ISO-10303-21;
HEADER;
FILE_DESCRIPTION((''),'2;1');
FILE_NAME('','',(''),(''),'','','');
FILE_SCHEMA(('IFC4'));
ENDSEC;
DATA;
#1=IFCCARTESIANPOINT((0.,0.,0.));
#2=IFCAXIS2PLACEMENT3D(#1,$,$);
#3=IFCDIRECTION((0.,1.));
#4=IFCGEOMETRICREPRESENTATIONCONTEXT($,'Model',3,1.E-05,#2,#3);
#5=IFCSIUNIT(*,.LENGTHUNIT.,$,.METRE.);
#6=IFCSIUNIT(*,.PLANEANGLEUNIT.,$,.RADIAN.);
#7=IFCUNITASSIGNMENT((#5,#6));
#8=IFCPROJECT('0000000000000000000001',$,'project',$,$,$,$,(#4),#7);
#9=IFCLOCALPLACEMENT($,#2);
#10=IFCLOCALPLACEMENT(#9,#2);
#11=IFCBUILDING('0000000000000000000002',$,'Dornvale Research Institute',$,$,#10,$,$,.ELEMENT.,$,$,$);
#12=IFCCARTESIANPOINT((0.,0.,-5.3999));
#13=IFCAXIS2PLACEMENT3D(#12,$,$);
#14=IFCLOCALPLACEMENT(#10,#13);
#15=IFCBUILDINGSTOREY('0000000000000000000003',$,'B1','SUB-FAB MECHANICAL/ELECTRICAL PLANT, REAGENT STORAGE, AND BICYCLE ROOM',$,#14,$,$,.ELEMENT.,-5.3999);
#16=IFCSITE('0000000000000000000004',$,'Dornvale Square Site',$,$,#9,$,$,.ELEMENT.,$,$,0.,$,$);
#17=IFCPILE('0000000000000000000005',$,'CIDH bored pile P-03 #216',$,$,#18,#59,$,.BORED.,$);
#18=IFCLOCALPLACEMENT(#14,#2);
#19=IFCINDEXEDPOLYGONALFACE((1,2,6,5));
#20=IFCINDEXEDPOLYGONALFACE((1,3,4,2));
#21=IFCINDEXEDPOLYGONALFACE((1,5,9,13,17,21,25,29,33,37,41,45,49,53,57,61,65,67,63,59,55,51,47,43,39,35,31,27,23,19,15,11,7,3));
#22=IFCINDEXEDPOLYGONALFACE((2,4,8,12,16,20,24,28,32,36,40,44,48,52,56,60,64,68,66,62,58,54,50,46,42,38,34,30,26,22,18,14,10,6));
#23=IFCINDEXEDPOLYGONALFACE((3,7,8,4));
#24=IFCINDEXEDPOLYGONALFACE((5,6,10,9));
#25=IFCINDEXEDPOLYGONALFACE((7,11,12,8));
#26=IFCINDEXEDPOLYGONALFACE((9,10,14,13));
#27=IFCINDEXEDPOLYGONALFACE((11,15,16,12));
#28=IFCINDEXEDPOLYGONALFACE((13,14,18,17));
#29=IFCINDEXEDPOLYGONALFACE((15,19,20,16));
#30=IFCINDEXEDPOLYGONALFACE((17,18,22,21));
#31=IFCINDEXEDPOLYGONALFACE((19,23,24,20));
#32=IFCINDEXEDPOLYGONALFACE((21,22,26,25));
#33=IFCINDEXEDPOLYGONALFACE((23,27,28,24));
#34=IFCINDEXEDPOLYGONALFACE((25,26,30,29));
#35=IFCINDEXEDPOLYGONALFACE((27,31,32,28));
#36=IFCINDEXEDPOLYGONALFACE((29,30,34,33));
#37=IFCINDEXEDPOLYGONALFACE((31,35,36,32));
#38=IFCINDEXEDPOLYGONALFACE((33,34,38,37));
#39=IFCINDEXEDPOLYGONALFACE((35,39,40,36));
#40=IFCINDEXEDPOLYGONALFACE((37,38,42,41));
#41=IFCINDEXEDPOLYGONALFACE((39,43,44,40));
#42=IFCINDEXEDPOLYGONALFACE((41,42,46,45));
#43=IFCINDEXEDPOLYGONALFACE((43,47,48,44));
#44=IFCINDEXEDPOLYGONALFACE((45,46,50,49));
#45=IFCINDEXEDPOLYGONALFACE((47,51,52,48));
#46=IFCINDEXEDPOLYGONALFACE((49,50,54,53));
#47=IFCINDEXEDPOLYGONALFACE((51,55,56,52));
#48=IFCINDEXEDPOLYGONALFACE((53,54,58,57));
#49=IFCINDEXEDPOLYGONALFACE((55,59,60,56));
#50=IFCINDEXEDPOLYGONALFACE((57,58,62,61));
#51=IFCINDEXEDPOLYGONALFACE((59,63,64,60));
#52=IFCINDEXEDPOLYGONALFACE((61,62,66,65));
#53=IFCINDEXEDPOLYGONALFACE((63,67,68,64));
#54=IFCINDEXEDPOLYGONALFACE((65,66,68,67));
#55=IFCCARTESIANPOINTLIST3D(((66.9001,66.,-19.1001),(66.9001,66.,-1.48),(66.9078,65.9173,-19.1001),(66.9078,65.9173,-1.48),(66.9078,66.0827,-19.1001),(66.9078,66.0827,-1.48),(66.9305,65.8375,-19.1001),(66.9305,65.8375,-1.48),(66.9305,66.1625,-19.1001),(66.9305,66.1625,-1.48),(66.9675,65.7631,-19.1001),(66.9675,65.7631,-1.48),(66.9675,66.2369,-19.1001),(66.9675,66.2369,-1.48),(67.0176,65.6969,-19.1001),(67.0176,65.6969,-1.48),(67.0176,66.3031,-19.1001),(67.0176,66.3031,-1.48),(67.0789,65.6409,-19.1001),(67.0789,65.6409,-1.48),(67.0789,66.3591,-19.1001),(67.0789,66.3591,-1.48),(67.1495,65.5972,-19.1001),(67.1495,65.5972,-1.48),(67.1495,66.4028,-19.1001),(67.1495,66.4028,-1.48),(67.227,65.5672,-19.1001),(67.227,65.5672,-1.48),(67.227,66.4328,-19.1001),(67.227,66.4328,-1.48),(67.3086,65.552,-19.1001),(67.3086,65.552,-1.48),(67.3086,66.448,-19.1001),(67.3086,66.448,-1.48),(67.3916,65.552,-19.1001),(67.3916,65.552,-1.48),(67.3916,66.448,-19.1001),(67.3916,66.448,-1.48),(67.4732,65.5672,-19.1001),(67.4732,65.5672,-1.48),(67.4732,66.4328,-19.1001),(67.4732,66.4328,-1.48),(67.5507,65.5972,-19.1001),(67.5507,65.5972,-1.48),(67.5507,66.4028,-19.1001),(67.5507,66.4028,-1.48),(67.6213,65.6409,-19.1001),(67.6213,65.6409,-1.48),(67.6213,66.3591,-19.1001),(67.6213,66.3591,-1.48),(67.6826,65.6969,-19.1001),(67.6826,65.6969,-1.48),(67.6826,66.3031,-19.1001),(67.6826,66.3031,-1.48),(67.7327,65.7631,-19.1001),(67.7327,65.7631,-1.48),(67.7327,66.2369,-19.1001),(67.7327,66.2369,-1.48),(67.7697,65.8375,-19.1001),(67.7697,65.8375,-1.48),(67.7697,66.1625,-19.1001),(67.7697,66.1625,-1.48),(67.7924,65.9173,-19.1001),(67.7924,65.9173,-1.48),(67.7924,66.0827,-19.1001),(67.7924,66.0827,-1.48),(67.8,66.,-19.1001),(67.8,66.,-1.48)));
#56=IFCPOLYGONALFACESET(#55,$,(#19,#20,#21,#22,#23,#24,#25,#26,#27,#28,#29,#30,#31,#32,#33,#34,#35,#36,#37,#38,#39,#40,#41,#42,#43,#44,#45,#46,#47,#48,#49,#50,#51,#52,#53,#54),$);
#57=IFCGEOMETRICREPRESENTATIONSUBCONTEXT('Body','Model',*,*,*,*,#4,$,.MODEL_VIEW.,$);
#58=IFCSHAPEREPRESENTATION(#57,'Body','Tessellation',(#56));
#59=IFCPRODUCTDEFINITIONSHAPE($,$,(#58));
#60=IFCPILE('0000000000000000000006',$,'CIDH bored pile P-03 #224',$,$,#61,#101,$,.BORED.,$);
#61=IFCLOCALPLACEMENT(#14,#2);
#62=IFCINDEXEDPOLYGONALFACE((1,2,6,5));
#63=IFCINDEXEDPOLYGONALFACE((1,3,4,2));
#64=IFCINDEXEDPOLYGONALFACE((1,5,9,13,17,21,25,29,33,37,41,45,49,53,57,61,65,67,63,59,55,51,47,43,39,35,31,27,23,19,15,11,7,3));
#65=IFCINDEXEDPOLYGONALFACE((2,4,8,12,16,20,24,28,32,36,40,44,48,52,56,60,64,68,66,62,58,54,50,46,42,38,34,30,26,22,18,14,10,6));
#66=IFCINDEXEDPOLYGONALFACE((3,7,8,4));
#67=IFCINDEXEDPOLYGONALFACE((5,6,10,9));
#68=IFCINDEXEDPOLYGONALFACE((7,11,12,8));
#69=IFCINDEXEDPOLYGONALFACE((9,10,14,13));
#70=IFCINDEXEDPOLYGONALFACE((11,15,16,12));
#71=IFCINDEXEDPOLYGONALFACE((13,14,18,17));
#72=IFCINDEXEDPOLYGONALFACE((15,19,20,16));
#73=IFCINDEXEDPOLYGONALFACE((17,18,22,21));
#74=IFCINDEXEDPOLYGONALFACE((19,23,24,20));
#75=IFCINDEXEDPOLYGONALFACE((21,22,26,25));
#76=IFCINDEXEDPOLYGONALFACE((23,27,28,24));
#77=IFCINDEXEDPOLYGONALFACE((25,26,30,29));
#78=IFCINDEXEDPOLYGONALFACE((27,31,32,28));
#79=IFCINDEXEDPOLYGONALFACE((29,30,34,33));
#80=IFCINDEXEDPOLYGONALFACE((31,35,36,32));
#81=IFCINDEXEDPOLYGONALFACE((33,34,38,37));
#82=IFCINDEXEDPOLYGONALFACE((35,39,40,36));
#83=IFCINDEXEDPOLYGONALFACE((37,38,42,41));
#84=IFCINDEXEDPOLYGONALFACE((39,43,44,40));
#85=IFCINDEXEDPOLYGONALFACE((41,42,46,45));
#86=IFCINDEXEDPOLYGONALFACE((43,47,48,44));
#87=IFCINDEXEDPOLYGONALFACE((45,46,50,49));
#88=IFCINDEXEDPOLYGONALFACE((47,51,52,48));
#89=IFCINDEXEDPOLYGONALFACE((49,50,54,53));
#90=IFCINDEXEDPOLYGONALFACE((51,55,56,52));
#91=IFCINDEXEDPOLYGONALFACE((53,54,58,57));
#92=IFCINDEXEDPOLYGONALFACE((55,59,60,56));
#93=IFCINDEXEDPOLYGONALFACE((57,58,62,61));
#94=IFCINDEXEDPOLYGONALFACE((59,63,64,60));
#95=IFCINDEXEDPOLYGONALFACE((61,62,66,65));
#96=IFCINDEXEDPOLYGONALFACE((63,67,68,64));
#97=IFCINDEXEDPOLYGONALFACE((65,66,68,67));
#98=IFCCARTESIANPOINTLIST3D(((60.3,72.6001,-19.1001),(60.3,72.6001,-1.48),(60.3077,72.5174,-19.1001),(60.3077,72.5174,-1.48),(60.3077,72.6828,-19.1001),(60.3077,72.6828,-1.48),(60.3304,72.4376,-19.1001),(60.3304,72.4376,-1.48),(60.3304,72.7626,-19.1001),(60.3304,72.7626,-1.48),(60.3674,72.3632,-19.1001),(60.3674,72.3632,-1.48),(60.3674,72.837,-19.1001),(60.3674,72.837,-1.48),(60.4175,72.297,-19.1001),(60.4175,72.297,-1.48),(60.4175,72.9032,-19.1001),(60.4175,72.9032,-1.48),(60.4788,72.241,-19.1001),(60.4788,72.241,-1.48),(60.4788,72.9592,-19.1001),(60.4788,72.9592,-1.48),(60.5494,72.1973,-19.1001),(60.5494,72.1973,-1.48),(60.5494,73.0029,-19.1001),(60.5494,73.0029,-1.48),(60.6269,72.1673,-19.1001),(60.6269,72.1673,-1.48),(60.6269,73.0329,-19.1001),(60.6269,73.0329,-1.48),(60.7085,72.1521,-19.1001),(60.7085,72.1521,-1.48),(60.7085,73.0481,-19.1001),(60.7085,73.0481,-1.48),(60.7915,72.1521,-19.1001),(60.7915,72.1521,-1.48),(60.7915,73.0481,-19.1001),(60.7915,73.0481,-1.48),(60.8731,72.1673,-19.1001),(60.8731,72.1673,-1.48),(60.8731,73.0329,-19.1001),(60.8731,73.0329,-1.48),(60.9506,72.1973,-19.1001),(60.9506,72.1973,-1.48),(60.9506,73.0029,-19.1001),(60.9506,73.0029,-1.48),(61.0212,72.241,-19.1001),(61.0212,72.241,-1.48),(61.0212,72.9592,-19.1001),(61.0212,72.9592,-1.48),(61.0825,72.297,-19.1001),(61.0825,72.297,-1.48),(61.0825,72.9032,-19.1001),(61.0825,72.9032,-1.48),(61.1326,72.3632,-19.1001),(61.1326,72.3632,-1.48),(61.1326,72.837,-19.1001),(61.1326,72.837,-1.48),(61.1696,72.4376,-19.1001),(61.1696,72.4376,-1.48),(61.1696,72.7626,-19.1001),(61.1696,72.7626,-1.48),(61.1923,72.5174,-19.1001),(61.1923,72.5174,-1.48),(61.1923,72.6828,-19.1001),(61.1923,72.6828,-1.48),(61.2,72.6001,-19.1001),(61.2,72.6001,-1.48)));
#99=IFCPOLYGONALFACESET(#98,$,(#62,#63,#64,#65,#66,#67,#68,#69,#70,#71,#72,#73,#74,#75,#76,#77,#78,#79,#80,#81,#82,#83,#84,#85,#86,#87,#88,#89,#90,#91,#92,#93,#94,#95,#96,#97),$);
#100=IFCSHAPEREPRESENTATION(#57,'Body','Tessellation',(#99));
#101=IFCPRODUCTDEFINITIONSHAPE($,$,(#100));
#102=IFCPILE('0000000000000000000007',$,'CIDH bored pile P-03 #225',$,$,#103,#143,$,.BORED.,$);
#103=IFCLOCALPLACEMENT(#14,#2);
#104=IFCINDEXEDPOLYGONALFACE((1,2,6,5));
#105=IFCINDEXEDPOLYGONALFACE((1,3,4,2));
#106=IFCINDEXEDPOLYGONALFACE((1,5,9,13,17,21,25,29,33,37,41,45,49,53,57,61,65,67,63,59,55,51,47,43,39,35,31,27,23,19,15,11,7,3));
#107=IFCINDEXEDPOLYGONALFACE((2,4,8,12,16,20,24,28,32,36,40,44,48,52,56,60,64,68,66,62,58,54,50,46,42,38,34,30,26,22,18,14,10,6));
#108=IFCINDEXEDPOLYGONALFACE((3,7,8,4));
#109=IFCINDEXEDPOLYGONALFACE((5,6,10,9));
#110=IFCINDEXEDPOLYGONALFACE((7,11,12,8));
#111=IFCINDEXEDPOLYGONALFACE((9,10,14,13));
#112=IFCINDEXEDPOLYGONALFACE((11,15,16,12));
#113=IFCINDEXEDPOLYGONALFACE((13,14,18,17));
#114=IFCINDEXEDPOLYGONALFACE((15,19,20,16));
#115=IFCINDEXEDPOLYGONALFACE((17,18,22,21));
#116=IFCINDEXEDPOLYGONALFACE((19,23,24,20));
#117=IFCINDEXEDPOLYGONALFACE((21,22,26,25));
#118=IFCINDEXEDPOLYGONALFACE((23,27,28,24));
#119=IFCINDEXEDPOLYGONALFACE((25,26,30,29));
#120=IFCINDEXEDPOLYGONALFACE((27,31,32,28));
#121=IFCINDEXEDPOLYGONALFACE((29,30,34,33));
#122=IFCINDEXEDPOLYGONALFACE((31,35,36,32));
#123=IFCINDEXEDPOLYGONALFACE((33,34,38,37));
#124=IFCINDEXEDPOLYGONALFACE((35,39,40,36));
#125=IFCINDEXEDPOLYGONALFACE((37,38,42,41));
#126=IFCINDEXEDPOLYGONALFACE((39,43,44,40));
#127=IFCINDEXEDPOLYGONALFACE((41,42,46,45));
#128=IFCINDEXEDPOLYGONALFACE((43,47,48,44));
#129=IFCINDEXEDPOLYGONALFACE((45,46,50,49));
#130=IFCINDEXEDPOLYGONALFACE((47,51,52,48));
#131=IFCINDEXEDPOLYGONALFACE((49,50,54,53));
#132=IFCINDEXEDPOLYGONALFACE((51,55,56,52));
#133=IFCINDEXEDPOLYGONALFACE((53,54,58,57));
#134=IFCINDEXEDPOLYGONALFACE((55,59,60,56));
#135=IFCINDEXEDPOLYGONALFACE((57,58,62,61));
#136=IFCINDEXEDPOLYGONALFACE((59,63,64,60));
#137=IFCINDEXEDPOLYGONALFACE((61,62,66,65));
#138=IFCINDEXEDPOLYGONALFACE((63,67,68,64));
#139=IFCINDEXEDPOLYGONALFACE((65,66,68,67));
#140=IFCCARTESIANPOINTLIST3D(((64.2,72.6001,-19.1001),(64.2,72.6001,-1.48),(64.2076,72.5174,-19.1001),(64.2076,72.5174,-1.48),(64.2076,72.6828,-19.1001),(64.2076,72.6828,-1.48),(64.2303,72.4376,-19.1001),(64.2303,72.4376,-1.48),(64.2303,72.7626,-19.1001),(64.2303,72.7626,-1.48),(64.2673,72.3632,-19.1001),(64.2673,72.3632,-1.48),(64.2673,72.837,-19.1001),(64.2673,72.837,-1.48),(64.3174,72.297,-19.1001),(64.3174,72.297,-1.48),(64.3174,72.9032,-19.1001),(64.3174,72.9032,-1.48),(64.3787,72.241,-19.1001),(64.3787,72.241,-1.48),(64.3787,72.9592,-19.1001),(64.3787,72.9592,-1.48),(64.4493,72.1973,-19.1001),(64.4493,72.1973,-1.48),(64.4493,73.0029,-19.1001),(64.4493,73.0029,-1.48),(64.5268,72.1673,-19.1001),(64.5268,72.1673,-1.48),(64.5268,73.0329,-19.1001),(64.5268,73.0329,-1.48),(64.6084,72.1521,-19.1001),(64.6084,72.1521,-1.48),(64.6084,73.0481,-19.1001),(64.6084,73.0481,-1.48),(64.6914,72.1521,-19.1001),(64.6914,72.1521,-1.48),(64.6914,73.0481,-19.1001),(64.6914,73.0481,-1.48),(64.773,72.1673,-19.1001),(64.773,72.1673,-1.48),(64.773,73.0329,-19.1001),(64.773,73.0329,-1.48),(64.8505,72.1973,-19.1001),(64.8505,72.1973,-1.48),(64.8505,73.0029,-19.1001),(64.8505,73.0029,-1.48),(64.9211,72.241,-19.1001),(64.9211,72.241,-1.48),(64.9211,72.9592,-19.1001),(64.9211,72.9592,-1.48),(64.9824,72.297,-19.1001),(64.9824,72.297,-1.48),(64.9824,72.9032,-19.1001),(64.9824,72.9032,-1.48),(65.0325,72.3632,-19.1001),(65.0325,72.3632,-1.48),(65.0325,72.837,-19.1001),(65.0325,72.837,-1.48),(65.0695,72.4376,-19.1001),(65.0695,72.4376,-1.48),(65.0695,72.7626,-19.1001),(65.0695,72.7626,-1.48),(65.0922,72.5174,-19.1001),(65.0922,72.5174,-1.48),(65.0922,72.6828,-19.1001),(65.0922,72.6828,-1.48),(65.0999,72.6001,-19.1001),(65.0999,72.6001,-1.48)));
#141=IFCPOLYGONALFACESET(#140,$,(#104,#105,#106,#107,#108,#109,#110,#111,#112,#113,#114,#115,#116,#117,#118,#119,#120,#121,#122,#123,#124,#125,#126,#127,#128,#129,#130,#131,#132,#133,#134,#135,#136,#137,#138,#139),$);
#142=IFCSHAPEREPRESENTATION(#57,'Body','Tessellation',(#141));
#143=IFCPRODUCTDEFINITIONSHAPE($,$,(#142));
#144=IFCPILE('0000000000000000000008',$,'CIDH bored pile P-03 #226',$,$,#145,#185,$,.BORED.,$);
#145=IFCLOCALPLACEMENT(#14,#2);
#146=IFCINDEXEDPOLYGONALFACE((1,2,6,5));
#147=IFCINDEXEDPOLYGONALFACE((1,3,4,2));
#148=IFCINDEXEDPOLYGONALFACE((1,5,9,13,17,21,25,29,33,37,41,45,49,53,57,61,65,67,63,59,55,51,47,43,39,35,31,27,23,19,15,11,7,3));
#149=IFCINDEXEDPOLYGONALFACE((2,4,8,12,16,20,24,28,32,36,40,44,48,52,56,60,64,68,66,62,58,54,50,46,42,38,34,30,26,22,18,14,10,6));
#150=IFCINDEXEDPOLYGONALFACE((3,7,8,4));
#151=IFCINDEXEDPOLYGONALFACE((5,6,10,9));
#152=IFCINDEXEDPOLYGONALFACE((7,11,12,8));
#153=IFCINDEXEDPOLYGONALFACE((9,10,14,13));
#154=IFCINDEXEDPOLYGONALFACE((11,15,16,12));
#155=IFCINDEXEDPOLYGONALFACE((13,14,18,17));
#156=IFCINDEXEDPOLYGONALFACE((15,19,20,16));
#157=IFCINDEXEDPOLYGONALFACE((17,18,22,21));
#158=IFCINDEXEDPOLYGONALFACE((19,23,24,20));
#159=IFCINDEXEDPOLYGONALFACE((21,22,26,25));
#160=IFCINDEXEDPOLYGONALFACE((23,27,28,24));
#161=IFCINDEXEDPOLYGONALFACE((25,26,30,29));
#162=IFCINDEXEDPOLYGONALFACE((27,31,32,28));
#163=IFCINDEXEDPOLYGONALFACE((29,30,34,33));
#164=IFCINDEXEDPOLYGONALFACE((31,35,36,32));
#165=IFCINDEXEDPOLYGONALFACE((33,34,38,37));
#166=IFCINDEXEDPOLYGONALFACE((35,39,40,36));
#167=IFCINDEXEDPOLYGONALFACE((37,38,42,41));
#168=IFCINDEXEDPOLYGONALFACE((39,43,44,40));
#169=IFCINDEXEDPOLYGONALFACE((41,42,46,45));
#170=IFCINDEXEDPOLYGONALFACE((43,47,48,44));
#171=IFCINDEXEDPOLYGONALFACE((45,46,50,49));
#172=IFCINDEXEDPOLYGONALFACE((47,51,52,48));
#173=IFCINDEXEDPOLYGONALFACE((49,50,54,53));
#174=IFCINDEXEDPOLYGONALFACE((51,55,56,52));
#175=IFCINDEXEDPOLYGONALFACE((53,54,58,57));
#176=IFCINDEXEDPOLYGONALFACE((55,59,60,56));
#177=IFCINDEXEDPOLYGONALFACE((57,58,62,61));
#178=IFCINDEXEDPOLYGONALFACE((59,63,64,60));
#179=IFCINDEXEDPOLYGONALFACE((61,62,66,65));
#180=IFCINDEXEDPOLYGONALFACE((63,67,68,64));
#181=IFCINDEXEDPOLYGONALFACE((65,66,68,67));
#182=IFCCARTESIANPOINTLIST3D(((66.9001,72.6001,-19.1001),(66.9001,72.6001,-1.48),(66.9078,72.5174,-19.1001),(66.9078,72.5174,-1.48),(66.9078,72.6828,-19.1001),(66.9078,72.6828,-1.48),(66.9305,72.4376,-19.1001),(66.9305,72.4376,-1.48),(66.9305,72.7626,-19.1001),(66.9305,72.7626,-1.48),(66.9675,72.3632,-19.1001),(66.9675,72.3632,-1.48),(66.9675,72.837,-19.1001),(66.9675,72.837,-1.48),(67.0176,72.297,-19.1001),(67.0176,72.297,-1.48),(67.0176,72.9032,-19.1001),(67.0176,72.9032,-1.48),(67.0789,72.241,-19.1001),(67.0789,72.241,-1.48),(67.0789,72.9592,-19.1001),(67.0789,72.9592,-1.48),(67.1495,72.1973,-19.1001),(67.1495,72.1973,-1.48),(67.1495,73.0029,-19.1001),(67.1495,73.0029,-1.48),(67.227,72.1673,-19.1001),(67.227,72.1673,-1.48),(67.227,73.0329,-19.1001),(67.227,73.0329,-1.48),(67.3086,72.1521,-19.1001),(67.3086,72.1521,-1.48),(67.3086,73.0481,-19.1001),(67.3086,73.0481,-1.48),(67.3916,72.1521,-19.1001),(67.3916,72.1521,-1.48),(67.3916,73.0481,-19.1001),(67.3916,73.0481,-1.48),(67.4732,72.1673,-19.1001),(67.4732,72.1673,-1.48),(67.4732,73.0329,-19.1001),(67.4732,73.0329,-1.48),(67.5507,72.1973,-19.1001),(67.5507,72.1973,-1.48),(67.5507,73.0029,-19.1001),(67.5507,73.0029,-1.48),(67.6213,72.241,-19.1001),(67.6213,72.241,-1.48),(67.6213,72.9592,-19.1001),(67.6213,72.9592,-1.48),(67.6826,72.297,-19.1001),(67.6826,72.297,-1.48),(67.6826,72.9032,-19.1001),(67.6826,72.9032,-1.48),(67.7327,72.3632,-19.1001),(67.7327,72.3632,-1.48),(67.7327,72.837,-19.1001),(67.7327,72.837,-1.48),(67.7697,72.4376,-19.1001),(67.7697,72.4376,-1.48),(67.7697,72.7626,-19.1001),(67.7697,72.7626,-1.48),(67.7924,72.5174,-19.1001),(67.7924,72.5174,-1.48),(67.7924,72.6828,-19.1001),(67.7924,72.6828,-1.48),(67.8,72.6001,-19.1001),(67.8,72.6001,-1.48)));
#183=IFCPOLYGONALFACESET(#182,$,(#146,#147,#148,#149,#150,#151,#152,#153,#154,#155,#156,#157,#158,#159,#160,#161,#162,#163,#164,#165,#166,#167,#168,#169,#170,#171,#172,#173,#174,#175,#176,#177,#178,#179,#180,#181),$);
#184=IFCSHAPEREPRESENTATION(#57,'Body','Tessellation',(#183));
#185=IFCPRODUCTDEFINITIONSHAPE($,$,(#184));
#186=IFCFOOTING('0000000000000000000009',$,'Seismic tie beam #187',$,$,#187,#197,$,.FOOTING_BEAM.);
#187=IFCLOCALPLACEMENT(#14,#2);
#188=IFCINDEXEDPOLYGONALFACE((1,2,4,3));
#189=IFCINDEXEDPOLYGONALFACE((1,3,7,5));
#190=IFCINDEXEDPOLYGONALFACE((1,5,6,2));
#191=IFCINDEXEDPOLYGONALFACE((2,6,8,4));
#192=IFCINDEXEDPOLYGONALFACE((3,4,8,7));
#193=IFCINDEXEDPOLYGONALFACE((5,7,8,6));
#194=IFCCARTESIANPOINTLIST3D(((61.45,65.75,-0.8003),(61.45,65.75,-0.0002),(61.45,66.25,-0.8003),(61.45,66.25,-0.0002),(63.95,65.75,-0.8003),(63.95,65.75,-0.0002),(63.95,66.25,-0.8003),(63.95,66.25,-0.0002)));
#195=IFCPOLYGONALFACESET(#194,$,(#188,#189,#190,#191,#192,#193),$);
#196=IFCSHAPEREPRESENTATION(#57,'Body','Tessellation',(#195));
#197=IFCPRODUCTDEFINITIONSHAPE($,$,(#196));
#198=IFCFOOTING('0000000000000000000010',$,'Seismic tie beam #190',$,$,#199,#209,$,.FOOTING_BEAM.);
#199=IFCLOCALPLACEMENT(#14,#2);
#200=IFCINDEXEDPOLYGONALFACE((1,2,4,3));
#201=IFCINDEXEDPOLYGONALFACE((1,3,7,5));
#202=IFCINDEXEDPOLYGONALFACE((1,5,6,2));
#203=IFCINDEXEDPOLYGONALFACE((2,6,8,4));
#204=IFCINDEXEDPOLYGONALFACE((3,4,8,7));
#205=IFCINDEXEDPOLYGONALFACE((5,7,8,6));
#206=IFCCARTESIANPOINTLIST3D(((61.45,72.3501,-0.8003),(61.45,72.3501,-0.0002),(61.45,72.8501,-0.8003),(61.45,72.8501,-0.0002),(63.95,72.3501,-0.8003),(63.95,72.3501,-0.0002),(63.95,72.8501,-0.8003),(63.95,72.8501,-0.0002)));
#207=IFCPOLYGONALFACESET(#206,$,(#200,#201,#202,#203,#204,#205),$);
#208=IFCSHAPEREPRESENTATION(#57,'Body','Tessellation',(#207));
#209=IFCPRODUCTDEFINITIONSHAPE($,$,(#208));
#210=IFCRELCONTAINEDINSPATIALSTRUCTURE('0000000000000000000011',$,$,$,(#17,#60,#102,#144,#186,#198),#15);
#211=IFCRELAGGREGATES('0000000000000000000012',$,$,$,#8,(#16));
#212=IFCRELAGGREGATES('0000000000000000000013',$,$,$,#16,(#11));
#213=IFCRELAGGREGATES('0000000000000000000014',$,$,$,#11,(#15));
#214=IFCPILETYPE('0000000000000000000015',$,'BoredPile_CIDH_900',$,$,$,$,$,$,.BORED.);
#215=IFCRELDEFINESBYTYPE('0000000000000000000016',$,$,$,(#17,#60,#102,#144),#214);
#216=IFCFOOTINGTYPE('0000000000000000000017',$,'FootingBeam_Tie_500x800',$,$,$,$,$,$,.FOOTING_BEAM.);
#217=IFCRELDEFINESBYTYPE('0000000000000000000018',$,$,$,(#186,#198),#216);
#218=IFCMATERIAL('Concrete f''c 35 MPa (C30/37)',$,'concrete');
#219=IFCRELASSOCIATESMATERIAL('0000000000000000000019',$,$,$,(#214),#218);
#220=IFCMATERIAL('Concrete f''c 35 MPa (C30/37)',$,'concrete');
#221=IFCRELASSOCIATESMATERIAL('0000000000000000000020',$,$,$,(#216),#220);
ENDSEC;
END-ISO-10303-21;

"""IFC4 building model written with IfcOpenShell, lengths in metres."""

from ifc_helpers import new_model, si_unit, direction, frame, origin, origin_2d, place, context, subcontext, project, spatial, rectangle, circle, extrude, material, material_profile, profile_set, type_object, element, save


model = new_model("IFC4")

# Units and contexts
model_context = context("Model", 3, precision=1e-05, world=origin(), true_north=direction((0.0, 1.0)))
body_context = subcontext(model_context, "Body", "Model", "MODEL_VIEW")
ifc_project = project(units=[si_unit("LENGTHUNIT", "METRE"), si_unit("PLANEANGLEUNIT", "RADIAN")], contexts=[model_context])

# Site, building, storey
site_placement = place(None, origin())
site = spatial("IfcSite", under=ifc_project, at=site_placement, Name="Dornvale Square Site", CompositionType="ELEMENT", RefElevation=0.0)
building_placement = place(site_placement, origin())
building = spatial("IfcBuilding", under=site, at=building_placement, Name="Dornvale Research Institute", CompositionType="ELEMENT")
storey_placement = place(building_placement, frame((0.0, 0.0, -5.3999)))
storey = spatial("IfcBuildingStorey", under=building, at=storey_placement, Name="B1", Description="SUB-FAB MECHANICAL/ELECTRICAL PLANT, REAGENT STORAGE, AND BICYCLE ROOM", CompositionType="ELEMENT", Elevation=-5.3999)

# Piles
ifc_material_1 = material(Name="Concrete f'c 35 MPa (C30/37)", Category="concrete")
ifc_material_profile_1 = material_profile(ifc_material_1, circle(Radius=0.45, at=origin_2d()), Name="CIDH PILE D900")
ifc_profile_set_1 = profile_set([ifc_material_profile_1], Name="Concrete f'c 35 MPa (C30/37)")
pile_type = type_object("IfcPileType", Name="BoredPile_CIDH_900", PredefinedType="BORED", material=ifc_profile_set_1)
for number, where, z_axis, x_axis, name in (
    (1, (67.3501, 66.0, -1.48), (0.0, 0.0, -1.0), (1.0, 0.0, 0.0), "CIDH bored pile P-03 #216"),
    (2, (60.75, 72.6001, -1.48), (0.0, 0.0, -1.0), (1.0, 0.0, 0.0), "CIDH bored pile P-03 #224"),
    (3, (64.6499, 72.6001, -1.48), (0.0, 0.0, -1.0), (1.0, 0.0, 0.0), "CIDH bored pile P-03 #225"),
    (4, (67.3501, 72.6001, -1.48), (0.0, 0.0, -1.0), (1.0, 0.0, 0.0), "CIDH bored pile P-03 #226"),
):
    element("IfcPile", number, at=place(storey_placement, frame(where, z_axis=z_axis, x_axis=x_axis)), inside=storey, type_object=pile_type, Name=name, PredefinedType="BORED", context=body_context, shape_type="SweptSolid", body=[
        extrude(circle(Radius=0.45, at=origin_2d()), origin(), (0.0, 0.0, 1.0), 17.6201),
    ])

# Footings
ifc_material_2 = material(Name="Concrete f'c 35 MPa (C30/37)", Category="concrete")
footing_type_1 = type_object("IfcFootingType", Name="FootingBeam_Tie_500x800", PredefinedType="FOOTING_BEAM", material=ifc_material_2)
for number, where, z_axis, x_axis, name in (
    (5, (62.7, 66.0, -0.8003), (0.0, 0.0, 1.0), (1.0, 0.0, 0.0), "Seismic tie beam #187"),
    (6, (62.7, 72.6001, -0.8003), (0.0, 0.0, 1.0), (1.0, 0.0, 0.0), "Seismic tie beam #190"),
):
    element("IfcFooting", number, at=place(storey_placement, frame(where, z_axis=z_axis, x_axis=x_axis)), inside=storey, type_object=footing_type_1, Name=name, PredefinedType="FOOTING_BEAM", context=body_context, shape_type="SweptSolid", body=[
        extrude(rectangle(XDim=2.5, YDim=0.5, at=origin_2d()), origin(), (0.0, 0.0, 1.0), 0.8),
    ])

save(model, "model.ifc")
